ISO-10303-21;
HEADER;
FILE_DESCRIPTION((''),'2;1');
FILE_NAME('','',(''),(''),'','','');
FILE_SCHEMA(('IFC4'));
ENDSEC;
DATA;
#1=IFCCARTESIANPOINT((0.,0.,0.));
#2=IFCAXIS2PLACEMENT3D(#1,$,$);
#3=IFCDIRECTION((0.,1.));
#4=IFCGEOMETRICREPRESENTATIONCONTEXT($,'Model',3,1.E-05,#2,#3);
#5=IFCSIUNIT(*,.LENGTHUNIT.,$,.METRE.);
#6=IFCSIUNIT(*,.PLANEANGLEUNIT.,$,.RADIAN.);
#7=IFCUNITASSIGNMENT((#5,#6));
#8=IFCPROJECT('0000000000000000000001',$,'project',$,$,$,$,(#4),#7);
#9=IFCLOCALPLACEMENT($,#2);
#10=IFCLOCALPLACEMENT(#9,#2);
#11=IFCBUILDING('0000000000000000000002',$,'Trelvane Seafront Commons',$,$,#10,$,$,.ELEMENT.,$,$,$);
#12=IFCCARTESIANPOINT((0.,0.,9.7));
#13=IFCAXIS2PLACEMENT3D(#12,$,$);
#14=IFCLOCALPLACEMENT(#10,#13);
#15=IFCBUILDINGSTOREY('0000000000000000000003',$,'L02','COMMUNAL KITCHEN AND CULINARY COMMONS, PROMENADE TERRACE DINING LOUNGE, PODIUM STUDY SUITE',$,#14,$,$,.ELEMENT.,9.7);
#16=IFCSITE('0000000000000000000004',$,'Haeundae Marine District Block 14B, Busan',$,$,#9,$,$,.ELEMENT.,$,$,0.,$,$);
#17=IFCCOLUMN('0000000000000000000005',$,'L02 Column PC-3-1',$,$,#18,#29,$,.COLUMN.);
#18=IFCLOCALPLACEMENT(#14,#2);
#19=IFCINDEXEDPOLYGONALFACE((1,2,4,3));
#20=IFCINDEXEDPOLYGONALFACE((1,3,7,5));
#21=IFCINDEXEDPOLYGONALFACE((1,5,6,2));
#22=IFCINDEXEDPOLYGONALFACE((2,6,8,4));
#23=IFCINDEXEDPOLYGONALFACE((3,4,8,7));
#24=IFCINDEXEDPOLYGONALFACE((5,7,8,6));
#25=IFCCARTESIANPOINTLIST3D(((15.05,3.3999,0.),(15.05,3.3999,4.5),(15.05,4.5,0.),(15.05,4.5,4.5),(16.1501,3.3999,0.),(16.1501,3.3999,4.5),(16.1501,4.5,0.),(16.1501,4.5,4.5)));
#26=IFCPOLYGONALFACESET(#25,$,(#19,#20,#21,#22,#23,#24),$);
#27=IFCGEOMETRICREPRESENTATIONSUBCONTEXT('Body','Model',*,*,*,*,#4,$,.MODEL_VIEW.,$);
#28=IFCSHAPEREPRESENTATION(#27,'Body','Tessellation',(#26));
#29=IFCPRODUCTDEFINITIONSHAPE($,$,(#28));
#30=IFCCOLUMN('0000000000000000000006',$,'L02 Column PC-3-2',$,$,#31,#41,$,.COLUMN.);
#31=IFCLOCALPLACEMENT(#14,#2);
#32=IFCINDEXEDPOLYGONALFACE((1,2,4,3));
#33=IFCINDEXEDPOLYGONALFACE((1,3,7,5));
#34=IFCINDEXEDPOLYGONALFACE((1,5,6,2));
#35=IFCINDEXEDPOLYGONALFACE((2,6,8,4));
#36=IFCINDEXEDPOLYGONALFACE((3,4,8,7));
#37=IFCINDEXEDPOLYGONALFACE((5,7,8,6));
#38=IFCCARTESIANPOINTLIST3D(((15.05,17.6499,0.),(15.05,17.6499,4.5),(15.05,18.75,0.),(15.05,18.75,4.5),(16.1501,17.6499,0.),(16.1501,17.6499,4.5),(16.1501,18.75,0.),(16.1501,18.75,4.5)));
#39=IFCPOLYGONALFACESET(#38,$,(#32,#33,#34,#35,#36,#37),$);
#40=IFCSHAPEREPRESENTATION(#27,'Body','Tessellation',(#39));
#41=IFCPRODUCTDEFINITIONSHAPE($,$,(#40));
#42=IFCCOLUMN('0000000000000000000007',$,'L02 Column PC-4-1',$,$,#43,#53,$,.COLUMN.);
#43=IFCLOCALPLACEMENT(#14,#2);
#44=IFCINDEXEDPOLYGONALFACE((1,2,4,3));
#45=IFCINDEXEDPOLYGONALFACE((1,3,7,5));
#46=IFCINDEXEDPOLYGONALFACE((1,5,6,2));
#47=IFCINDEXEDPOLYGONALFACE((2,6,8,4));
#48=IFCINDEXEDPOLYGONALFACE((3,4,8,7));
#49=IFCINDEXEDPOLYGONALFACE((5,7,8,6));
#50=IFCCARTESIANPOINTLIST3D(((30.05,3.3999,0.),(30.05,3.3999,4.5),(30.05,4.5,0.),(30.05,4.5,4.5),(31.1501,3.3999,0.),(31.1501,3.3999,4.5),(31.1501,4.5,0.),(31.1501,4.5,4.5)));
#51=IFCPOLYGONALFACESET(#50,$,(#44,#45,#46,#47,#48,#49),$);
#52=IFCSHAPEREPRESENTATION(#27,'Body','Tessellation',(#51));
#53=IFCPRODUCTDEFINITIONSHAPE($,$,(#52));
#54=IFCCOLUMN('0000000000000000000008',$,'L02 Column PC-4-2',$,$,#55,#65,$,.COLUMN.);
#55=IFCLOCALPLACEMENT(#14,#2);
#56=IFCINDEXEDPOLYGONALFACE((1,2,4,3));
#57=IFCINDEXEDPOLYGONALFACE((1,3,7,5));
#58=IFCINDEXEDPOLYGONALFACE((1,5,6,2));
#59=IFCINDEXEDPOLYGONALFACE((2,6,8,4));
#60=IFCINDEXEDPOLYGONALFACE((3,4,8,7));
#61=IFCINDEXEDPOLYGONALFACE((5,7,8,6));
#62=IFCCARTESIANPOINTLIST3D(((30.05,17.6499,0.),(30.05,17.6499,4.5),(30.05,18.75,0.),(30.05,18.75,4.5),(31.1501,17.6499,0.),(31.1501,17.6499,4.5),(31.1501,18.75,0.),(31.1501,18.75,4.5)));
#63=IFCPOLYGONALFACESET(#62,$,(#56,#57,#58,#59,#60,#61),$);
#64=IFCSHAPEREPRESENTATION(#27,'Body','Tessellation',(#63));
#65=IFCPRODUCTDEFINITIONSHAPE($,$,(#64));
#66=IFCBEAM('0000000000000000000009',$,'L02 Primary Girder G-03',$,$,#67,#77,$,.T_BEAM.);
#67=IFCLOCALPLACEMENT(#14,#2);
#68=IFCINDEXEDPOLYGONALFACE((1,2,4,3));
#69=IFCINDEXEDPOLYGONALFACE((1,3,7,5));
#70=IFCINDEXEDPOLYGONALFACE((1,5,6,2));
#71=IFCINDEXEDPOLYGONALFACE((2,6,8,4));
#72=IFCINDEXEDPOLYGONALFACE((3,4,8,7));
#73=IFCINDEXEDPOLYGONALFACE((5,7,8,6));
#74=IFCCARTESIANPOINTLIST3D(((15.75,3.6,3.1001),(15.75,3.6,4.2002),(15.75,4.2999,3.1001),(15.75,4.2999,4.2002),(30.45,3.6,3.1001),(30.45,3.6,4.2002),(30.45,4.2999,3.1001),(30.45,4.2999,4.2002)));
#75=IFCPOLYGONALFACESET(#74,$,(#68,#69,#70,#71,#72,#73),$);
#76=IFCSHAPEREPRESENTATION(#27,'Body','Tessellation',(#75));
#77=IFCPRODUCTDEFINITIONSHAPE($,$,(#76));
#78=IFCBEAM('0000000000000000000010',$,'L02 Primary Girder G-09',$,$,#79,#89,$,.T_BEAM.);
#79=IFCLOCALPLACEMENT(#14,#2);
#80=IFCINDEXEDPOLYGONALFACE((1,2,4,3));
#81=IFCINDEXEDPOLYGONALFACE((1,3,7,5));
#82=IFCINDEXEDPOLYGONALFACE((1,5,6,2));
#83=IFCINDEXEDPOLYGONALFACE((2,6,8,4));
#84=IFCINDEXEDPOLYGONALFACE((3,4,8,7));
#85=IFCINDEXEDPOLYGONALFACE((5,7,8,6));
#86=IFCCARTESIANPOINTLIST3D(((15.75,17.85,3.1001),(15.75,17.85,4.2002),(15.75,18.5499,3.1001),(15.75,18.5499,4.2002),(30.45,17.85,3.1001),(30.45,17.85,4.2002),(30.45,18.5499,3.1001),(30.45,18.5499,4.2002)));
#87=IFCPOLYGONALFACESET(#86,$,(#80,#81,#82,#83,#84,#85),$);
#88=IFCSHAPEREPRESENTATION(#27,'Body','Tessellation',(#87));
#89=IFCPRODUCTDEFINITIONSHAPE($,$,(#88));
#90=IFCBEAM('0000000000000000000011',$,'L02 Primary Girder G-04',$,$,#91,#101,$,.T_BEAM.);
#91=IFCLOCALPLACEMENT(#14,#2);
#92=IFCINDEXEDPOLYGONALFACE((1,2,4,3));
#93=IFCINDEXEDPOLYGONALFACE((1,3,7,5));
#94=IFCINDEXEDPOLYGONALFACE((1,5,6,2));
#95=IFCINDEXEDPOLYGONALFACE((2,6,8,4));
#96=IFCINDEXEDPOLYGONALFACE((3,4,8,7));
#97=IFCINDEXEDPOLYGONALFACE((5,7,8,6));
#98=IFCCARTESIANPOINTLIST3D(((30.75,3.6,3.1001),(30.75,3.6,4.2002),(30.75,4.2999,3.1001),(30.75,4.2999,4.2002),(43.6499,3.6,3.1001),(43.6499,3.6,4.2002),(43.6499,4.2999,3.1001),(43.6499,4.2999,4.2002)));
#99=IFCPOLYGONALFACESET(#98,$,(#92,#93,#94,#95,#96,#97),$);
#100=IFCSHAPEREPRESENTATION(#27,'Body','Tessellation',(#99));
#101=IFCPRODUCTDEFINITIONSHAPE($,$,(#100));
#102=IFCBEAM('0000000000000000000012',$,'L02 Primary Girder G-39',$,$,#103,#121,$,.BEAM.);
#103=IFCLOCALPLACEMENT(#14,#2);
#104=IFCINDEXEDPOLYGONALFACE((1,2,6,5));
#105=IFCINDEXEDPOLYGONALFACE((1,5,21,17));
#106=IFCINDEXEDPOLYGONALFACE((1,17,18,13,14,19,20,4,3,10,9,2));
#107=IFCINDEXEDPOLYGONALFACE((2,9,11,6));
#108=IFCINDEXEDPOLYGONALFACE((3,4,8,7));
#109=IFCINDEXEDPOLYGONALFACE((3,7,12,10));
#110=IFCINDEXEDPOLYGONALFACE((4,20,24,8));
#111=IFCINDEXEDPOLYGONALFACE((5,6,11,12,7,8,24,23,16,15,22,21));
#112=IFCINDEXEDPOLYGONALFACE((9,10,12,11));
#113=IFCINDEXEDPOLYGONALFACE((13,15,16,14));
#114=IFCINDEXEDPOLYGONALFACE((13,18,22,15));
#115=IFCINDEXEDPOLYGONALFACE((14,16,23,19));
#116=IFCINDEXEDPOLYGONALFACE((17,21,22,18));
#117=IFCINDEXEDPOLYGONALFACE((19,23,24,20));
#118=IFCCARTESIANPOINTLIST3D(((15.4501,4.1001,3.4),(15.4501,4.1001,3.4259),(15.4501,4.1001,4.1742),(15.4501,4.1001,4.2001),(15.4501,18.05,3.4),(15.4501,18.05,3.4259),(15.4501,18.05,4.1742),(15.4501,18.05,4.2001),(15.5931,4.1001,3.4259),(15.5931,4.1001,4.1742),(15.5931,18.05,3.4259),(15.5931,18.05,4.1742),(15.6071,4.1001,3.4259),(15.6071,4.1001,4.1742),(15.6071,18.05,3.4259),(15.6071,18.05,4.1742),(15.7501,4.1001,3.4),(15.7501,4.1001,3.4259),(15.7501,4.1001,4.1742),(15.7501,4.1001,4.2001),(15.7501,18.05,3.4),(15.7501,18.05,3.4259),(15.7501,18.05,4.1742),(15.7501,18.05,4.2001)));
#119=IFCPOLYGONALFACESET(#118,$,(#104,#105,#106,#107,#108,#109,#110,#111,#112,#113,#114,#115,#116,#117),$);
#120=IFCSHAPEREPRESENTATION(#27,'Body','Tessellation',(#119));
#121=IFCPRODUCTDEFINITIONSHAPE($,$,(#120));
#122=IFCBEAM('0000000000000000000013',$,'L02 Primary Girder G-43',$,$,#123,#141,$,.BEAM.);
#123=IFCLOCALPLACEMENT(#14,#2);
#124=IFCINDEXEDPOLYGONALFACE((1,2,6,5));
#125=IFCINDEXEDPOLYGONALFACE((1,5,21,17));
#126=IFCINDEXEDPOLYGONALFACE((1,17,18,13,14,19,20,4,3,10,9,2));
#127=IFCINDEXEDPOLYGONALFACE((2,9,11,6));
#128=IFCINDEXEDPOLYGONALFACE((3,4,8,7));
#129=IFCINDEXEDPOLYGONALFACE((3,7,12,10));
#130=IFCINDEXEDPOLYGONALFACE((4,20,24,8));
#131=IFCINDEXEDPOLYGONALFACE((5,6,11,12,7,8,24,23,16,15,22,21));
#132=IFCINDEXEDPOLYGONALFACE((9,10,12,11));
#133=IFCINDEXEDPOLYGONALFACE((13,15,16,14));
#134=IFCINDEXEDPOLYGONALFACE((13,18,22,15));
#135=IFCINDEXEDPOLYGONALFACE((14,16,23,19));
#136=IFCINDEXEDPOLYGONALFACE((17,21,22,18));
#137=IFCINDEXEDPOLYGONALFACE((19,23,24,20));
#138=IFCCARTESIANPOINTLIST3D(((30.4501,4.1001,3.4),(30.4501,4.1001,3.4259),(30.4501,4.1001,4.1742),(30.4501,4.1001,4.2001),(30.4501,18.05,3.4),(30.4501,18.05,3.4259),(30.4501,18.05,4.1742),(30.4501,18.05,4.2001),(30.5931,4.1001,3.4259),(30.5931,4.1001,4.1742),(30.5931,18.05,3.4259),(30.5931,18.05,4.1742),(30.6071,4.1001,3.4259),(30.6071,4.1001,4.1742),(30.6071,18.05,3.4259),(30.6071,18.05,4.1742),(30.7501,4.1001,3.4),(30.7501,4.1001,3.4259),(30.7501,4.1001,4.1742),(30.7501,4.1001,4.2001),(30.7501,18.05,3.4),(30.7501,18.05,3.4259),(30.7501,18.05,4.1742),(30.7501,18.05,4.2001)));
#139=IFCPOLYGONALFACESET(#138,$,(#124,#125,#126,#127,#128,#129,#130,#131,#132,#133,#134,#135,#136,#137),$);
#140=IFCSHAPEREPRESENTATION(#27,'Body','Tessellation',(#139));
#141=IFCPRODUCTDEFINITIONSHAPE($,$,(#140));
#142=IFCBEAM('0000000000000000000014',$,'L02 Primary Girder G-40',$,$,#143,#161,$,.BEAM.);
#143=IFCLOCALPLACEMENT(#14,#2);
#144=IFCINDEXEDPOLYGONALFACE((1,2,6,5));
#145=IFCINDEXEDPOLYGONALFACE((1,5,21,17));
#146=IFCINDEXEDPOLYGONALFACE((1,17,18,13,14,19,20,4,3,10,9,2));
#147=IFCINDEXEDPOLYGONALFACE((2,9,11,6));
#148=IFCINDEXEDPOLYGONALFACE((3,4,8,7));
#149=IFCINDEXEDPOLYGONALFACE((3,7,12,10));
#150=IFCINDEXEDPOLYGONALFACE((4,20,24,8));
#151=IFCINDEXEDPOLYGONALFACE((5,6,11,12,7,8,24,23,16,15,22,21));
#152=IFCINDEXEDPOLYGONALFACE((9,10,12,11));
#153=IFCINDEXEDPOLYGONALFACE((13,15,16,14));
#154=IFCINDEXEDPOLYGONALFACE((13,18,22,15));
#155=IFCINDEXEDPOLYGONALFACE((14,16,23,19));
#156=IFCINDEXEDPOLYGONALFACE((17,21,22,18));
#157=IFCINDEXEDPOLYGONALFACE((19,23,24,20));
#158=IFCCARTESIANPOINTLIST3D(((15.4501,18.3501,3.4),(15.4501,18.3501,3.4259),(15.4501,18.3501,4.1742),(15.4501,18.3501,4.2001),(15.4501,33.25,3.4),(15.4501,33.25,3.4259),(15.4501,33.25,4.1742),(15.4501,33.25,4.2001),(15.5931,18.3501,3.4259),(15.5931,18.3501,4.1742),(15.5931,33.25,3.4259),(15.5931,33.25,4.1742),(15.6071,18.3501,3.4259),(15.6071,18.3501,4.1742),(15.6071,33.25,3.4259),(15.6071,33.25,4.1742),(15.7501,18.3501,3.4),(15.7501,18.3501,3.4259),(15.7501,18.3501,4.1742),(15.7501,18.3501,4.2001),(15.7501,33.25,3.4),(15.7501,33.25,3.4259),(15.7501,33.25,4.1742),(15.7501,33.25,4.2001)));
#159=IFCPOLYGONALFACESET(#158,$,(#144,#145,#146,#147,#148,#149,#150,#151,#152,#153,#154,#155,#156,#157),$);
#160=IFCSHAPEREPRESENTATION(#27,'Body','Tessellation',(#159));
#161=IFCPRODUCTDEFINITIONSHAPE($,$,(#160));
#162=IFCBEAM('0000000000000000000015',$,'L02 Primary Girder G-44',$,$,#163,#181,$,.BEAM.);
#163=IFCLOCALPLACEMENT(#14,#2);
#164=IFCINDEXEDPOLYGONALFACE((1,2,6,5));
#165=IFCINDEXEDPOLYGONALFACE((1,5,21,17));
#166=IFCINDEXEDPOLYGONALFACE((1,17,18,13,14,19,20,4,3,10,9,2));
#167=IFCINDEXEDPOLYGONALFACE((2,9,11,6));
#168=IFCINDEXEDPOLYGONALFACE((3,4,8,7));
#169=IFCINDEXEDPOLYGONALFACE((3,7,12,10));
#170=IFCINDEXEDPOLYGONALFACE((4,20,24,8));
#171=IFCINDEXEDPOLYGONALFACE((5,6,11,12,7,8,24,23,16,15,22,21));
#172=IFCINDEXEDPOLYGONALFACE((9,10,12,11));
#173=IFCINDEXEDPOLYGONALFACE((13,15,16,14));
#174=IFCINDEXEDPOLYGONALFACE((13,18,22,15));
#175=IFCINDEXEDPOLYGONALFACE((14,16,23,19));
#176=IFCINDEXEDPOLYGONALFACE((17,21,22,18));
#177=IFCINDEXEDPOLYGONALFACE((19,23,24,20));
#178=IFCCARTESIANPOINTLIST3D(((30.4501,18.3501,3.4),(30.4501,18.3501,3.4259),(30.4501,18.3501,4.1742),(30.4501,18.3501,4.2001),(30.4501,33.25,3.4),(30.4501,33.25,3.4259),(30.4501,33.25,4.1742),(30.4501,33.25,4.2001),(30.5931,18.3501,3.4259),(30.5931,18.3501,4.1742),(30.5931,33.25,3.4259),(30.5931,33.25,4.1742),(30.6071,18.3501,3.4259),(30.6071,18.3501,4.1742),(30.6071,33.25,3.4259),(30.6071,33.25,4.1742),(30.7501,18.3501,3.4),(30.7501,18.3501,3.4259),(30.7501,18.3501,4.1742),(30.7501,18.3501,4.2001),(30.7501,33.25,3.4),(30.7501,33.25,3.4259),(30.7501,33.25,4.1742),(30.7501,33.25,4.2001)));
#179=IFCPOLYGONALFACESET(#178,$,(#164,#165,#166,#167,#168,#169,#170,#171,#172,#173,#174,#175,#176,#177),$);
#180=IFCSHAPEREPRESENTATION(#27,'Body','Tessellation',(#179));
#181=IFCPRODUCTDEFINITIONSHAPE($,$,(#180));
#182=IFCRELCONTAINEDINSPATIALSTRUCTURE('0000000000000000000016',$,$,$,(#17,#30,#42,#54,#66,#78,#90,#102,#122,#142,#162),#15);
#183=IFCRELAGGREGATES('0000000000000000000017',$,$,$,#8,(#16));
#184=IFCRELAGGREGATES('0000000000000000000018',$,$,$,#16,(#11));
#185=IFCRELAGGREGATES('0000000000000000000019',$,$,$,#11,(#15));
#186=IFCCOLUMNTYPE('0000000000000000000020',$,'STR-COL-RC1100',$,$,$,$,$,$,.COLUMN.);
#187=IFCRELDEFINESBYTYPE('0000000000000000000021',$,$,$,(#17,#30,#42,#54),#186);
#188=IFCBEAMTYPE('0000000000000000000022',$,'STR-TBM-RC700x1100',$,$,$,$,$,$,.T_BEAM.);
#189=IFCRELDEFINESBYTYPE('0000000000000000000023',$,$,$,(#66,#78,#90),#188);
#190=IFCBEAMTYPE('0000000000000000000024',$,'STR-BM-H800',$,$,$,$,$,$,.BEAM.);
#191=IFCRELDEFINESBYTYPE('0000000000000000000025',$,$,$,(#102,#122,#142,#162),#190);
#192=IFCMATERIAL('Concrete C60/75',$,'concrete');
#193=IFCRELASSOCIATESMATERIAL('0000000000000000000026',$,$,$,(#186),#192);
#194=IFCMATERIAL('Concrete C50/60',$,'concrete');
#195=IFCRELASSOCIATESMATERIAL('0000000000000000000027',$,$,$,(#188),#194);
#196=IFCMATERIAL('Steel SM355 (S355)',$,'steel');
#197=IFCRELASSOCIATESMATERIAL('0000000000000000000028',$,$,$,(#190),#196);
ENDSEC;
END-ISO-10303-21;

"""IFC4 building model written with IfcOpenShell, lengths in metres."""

from ifc_helpers import new_model, si_unit, direction, frame, origin, origin_2d, place, context, subcontext, project, spatial, rectangle, i_section, extrude, source, transform, mapped, material, material_profile, profile_set, type_object, element, save


model = new_model("IFC4")

# Units and contexts
model_context = context("Model", 3, precision=1e-05, world=origin(), true_north=direction((0.0, 1.0)))
body_context = subcontext(model_context, "Body", "Model", "MODEL_VIEW")
ifc_project = project(units=[si_unit("LENGTHUNIT", "METRE"), si_unit("PLANEANGLEUNIT", "RADIAN")], contexts=[model_context])

# Site, building, storey
site_placement = place(None, origin())
site = spatial("IfcSite", under=ifc_project, at=site_placement, Name="Haeundae Marine District Block 14B, Busan", CompositionType="ELEMENT", RefElevation=0.0)
building_placement = place(site_placement, origin())
building = spatial("IfcBuilding", under=site, at=building_placement, Name="Trelvane Seafront Commons", CompositionType="ELEMENT")
storey_placement = place(building_placement, frame((0.0, 0.0, 9.7)))
storey = spatial("IfcBuildingStorey", under=building, at=storey_placement, Name="L02", Description="COMMUNAL KITCHEN AND CULINARY COMMONS, PROMENADE TERRACE DINING LOUNGE, PODIUM STUDY SUITE", CompositionType="ELEMENT", Elevation=9.7)

# Columns
ifc_material_1 = material(Name="Concrete C60/75", Category="concrete")
ifc_material_profile_1 = material_profile(ifc_material_1, rectangle(XDim=1.1001, YDim=1.1001, at=origin_2d()), Name="RC-1100x1100")
ifc_profile_set_1 = profile_set([ifc_material_profile_1], Name="Concrete C60/75")
column_type = type_object("IfcColumnType", Name="STR-COL-RC1100", PredefinedType="COLUMN", material=ifc_profile_set_1)
shared_shape_1 = source(origin(), body_context, "Body", "SweptSolid", [
    extrude(rectangle(XDim=1.1001, YDim=1.1001, at=origin_2d()), origin(), (0.0, 0.0, 1.0), 4.5),
])
for number, where, z_axis, x_axis, name in (
    (1, (15.6001, 3.95, 0.0), (0.0, 0.0, 1.0), (1.0, 0.0, 0.0), "L02 Column PC-3-1"),
    (2, (15.6001, 18.2, 0.0), (0.0, 0.0, 1.0), (1.0, 0.0, 0.0), "L02 Column PC-3-2"),
    (3, (30.6001, 3.95, 0.0), (0.0, 0.0, 1.0), (1.0, 0.0, 0.0), "L02 Column PC-4-1"),
    (4, (30.6001, 18.2, 0.0), (0.0, 0.0, 1.0), (1.0, 0.0, 0.0), "L02 Column PC-4-2"),
):
    element("IfcColumn", number, at=place(storey_placement, frame(where, z_axis=z_axis, x_axis=x_axis)), inside=storey, type_object=column_type, Name=name, PredefinedType="COLUMN", context=body_context, shape_type="MappedRepresentation", body=[
        mapped(shared_shape_1, transform((0.0, 0.0, 0.0), x_axis=(1.0, 0.0, 0.0), y_axis=(0.0, 1.0, 0.0), z_axis=(0.0, 0.0, 1.0), scale=1.0)),
    ])

# Beams
ifc_material_2 = material(Name="Concrete C50/60", Category="concrete")
ifc_material_profile_2 = material_profile(ifc_material_2, rectangle(XDim=0.7, YDim=1.1001, at=origin_2d()), Name="RC-700x1100")
ifc_profile_set_2 = profile_set([ifc_material_profile_2], Name="Concrete C50/60")
beam_type_1 = type_object("IfcBeamType", Name="STR-TBM-RC700x1100", PredefinedType="T_BEAM", material=ifc_profile_set_2)
shared_shape_2 = source(origin(), body_context, "Body", "SweptSolid", [
    extrude(rectangle(XDim=0.7, YDim=1.1001, at=origin_2d()), origin(), (0.0, 0.0, 1.0), 14.7),
])
for number, where, z_axis, x_axis, name in (
    (5, (15.75, 3.95, 3.6501), (1.0, 0.0, 0.0), (0.0, 1.0, 0.0), "L02 Primary Girder G-03"),
    (6, (15.75, 18.2, 3.6501), (1.0, 0.0, 0.0), (0.0, 1.0, 0.0), "L02 Primary Girder G-09"),
):
    element("IfcBeam", number, at=place(storey_placement, frame(where, z_axis=z_axis, x_axis=x_axis)), inside=storey, type_object=beam_type_1, Name=name, PredefinedType="T_BEAM", context=body_context, shape_type="MappedRepresentation", body=[
        mapped(shared_shape_2, transform((0.0, 0.0, 0.0), x_axis=(1.0, 0.0, 0.0), y_axis=(0.0, 1.0, 0.0), z_axis=(0.0, 0.0, 1.0), scale=1.0)),
    ])
shared_shape_3 = source(origin(), body_context, "Body", "SweptSolid", [
    extrude(rectangle(XDim=0.7, YDim=1.1001, at=origin_2d()), origin(), (0.0, 0.0, 1.0), 12.8999),
])
beam_1_placement = place(storey_placement, frame((30.75, 3.95, 3.6501), z_axis=(1.0, 0.0, 0.0), x_axis=(0.0, 1.0, 0.0)))
element("IfcBeam", 7, at=beam_1_placement, inside=storey, type_object=beam_type_1, Name="L02 Primary Girder G-04", PredefinedType="T_BEAM", context=body_context, shape_type="MappedRepresentation", body=[
    mapped(shared_shape_3, transform((0.0, 0.0, 0.0), x_axis=(1.0, 0.0, 0.0), y_axis=(0.0, 1.0, 0.0), z_axis=(0.0, 0.0, 1.0), scale=1.0)),
])
ifc_material_3 = material(Name="Steel SM355 (S355)", Category="steel")
ifc_material_profile_3 = material_profile(ifc_material_3, i_section(OverallWidth=0.3, OverallDepth=0.8, WebThickness=0.0139, FlangeThickness=0.0259, at=origin_2d()), Name="H-800x300x14x26")
ifc_profile_set_3 = profile_set([ifc_material_profile_3], Name="Steel SM355 (S355)")
beam_type_2 = type_object("IfcBeamType", Name="STR-BM-H800", PredefinedType="BEAM", material=ifc_profile_set_3)
shared_shape_4 = source(origin(), body_context, "Body", "SweptSolid", [
    extrude(i_section(OverallWidth=0.3, OverallDepth=0.8, WebThickness=0.0139, FlangeThickness=0.0259, at=origin_2d()), origin(), (0.0, 0.0, 1.0), 13.95),
])
for number, where, z_axis, x_axis, name in (
    (8, (15.6001, 4.1001, 3.8), (0.0, 1.0, 0.0), (-1.0, 0.0, 0.0), "L02 Primary Girder G-39"),
    (9, (30.6001, 4.1001, 3.8), (0.0, 1.0, 0.0), (-1.0, 0.0, 0.0), "L02 Primary Girder G-43"),
):
    element("IfcBeam", number, at=place(storey_placement, frame(where, z_axis=z_axis, x_axis=x_axis)), inside=storey, type_object=beam_type_2, Name=name, PredefinedType="BEAM", context=body_context, shape_type="MappedRepresentation", body=[
        mapped(shared_shape_4, transform((0.0, 0.0, 0.0), x_axis=(1.0, 0.0, 0.0), y_axis=(0.0, 1.0, 0.0), z_axis=(0.0, 0.0, 1.0), scale=1.0)),
    ])
shared_shape_5 = source(origin(), body_context, "Body", "SweptSolid", [
    extrude(i_section(OverallWidth=0.3, OverallDepth=0.8, WebThickness=0.0139, FlangeThickness=0.0259, at=origin_2d()), origin(), (0.0, 0.0, 1.0), 14.8999),
])
for number, where, z_axis, x_axis, name in (
    (10, (15.6001, 18.3501, 3.8), (0.0, 1.0, 0.0), (-1.0, 0.0, 0.0), "L02 Primary Girder G-40"),
    (11, (30.6001, 18.3501, 3.8), (0.0, 1.0, 0.0), (-1.0, 0.0, 0.0), "L02 Primary Girder G-44"),
):
    element("IfcBeam", number, at=place(storey_placement, frame(where, z_axis=z_axis, x_axis=x_axis)), inside=storey, type_object=beam_type_2, Name=name, PredefinedType="BEAM", context=body_context, shape_type="MappedRepresentation", body=[
        mapped(shared_shape_5, transform((0.0, 0.0, 0.0), x_axis=(1.0, 0.0, 0.0), y_axis=(0.0, 1.0, 0.0), z_axis=(0.0, 0.0, 1.0), scale=1.0)),
    ])

save(model, "model.ifc")
